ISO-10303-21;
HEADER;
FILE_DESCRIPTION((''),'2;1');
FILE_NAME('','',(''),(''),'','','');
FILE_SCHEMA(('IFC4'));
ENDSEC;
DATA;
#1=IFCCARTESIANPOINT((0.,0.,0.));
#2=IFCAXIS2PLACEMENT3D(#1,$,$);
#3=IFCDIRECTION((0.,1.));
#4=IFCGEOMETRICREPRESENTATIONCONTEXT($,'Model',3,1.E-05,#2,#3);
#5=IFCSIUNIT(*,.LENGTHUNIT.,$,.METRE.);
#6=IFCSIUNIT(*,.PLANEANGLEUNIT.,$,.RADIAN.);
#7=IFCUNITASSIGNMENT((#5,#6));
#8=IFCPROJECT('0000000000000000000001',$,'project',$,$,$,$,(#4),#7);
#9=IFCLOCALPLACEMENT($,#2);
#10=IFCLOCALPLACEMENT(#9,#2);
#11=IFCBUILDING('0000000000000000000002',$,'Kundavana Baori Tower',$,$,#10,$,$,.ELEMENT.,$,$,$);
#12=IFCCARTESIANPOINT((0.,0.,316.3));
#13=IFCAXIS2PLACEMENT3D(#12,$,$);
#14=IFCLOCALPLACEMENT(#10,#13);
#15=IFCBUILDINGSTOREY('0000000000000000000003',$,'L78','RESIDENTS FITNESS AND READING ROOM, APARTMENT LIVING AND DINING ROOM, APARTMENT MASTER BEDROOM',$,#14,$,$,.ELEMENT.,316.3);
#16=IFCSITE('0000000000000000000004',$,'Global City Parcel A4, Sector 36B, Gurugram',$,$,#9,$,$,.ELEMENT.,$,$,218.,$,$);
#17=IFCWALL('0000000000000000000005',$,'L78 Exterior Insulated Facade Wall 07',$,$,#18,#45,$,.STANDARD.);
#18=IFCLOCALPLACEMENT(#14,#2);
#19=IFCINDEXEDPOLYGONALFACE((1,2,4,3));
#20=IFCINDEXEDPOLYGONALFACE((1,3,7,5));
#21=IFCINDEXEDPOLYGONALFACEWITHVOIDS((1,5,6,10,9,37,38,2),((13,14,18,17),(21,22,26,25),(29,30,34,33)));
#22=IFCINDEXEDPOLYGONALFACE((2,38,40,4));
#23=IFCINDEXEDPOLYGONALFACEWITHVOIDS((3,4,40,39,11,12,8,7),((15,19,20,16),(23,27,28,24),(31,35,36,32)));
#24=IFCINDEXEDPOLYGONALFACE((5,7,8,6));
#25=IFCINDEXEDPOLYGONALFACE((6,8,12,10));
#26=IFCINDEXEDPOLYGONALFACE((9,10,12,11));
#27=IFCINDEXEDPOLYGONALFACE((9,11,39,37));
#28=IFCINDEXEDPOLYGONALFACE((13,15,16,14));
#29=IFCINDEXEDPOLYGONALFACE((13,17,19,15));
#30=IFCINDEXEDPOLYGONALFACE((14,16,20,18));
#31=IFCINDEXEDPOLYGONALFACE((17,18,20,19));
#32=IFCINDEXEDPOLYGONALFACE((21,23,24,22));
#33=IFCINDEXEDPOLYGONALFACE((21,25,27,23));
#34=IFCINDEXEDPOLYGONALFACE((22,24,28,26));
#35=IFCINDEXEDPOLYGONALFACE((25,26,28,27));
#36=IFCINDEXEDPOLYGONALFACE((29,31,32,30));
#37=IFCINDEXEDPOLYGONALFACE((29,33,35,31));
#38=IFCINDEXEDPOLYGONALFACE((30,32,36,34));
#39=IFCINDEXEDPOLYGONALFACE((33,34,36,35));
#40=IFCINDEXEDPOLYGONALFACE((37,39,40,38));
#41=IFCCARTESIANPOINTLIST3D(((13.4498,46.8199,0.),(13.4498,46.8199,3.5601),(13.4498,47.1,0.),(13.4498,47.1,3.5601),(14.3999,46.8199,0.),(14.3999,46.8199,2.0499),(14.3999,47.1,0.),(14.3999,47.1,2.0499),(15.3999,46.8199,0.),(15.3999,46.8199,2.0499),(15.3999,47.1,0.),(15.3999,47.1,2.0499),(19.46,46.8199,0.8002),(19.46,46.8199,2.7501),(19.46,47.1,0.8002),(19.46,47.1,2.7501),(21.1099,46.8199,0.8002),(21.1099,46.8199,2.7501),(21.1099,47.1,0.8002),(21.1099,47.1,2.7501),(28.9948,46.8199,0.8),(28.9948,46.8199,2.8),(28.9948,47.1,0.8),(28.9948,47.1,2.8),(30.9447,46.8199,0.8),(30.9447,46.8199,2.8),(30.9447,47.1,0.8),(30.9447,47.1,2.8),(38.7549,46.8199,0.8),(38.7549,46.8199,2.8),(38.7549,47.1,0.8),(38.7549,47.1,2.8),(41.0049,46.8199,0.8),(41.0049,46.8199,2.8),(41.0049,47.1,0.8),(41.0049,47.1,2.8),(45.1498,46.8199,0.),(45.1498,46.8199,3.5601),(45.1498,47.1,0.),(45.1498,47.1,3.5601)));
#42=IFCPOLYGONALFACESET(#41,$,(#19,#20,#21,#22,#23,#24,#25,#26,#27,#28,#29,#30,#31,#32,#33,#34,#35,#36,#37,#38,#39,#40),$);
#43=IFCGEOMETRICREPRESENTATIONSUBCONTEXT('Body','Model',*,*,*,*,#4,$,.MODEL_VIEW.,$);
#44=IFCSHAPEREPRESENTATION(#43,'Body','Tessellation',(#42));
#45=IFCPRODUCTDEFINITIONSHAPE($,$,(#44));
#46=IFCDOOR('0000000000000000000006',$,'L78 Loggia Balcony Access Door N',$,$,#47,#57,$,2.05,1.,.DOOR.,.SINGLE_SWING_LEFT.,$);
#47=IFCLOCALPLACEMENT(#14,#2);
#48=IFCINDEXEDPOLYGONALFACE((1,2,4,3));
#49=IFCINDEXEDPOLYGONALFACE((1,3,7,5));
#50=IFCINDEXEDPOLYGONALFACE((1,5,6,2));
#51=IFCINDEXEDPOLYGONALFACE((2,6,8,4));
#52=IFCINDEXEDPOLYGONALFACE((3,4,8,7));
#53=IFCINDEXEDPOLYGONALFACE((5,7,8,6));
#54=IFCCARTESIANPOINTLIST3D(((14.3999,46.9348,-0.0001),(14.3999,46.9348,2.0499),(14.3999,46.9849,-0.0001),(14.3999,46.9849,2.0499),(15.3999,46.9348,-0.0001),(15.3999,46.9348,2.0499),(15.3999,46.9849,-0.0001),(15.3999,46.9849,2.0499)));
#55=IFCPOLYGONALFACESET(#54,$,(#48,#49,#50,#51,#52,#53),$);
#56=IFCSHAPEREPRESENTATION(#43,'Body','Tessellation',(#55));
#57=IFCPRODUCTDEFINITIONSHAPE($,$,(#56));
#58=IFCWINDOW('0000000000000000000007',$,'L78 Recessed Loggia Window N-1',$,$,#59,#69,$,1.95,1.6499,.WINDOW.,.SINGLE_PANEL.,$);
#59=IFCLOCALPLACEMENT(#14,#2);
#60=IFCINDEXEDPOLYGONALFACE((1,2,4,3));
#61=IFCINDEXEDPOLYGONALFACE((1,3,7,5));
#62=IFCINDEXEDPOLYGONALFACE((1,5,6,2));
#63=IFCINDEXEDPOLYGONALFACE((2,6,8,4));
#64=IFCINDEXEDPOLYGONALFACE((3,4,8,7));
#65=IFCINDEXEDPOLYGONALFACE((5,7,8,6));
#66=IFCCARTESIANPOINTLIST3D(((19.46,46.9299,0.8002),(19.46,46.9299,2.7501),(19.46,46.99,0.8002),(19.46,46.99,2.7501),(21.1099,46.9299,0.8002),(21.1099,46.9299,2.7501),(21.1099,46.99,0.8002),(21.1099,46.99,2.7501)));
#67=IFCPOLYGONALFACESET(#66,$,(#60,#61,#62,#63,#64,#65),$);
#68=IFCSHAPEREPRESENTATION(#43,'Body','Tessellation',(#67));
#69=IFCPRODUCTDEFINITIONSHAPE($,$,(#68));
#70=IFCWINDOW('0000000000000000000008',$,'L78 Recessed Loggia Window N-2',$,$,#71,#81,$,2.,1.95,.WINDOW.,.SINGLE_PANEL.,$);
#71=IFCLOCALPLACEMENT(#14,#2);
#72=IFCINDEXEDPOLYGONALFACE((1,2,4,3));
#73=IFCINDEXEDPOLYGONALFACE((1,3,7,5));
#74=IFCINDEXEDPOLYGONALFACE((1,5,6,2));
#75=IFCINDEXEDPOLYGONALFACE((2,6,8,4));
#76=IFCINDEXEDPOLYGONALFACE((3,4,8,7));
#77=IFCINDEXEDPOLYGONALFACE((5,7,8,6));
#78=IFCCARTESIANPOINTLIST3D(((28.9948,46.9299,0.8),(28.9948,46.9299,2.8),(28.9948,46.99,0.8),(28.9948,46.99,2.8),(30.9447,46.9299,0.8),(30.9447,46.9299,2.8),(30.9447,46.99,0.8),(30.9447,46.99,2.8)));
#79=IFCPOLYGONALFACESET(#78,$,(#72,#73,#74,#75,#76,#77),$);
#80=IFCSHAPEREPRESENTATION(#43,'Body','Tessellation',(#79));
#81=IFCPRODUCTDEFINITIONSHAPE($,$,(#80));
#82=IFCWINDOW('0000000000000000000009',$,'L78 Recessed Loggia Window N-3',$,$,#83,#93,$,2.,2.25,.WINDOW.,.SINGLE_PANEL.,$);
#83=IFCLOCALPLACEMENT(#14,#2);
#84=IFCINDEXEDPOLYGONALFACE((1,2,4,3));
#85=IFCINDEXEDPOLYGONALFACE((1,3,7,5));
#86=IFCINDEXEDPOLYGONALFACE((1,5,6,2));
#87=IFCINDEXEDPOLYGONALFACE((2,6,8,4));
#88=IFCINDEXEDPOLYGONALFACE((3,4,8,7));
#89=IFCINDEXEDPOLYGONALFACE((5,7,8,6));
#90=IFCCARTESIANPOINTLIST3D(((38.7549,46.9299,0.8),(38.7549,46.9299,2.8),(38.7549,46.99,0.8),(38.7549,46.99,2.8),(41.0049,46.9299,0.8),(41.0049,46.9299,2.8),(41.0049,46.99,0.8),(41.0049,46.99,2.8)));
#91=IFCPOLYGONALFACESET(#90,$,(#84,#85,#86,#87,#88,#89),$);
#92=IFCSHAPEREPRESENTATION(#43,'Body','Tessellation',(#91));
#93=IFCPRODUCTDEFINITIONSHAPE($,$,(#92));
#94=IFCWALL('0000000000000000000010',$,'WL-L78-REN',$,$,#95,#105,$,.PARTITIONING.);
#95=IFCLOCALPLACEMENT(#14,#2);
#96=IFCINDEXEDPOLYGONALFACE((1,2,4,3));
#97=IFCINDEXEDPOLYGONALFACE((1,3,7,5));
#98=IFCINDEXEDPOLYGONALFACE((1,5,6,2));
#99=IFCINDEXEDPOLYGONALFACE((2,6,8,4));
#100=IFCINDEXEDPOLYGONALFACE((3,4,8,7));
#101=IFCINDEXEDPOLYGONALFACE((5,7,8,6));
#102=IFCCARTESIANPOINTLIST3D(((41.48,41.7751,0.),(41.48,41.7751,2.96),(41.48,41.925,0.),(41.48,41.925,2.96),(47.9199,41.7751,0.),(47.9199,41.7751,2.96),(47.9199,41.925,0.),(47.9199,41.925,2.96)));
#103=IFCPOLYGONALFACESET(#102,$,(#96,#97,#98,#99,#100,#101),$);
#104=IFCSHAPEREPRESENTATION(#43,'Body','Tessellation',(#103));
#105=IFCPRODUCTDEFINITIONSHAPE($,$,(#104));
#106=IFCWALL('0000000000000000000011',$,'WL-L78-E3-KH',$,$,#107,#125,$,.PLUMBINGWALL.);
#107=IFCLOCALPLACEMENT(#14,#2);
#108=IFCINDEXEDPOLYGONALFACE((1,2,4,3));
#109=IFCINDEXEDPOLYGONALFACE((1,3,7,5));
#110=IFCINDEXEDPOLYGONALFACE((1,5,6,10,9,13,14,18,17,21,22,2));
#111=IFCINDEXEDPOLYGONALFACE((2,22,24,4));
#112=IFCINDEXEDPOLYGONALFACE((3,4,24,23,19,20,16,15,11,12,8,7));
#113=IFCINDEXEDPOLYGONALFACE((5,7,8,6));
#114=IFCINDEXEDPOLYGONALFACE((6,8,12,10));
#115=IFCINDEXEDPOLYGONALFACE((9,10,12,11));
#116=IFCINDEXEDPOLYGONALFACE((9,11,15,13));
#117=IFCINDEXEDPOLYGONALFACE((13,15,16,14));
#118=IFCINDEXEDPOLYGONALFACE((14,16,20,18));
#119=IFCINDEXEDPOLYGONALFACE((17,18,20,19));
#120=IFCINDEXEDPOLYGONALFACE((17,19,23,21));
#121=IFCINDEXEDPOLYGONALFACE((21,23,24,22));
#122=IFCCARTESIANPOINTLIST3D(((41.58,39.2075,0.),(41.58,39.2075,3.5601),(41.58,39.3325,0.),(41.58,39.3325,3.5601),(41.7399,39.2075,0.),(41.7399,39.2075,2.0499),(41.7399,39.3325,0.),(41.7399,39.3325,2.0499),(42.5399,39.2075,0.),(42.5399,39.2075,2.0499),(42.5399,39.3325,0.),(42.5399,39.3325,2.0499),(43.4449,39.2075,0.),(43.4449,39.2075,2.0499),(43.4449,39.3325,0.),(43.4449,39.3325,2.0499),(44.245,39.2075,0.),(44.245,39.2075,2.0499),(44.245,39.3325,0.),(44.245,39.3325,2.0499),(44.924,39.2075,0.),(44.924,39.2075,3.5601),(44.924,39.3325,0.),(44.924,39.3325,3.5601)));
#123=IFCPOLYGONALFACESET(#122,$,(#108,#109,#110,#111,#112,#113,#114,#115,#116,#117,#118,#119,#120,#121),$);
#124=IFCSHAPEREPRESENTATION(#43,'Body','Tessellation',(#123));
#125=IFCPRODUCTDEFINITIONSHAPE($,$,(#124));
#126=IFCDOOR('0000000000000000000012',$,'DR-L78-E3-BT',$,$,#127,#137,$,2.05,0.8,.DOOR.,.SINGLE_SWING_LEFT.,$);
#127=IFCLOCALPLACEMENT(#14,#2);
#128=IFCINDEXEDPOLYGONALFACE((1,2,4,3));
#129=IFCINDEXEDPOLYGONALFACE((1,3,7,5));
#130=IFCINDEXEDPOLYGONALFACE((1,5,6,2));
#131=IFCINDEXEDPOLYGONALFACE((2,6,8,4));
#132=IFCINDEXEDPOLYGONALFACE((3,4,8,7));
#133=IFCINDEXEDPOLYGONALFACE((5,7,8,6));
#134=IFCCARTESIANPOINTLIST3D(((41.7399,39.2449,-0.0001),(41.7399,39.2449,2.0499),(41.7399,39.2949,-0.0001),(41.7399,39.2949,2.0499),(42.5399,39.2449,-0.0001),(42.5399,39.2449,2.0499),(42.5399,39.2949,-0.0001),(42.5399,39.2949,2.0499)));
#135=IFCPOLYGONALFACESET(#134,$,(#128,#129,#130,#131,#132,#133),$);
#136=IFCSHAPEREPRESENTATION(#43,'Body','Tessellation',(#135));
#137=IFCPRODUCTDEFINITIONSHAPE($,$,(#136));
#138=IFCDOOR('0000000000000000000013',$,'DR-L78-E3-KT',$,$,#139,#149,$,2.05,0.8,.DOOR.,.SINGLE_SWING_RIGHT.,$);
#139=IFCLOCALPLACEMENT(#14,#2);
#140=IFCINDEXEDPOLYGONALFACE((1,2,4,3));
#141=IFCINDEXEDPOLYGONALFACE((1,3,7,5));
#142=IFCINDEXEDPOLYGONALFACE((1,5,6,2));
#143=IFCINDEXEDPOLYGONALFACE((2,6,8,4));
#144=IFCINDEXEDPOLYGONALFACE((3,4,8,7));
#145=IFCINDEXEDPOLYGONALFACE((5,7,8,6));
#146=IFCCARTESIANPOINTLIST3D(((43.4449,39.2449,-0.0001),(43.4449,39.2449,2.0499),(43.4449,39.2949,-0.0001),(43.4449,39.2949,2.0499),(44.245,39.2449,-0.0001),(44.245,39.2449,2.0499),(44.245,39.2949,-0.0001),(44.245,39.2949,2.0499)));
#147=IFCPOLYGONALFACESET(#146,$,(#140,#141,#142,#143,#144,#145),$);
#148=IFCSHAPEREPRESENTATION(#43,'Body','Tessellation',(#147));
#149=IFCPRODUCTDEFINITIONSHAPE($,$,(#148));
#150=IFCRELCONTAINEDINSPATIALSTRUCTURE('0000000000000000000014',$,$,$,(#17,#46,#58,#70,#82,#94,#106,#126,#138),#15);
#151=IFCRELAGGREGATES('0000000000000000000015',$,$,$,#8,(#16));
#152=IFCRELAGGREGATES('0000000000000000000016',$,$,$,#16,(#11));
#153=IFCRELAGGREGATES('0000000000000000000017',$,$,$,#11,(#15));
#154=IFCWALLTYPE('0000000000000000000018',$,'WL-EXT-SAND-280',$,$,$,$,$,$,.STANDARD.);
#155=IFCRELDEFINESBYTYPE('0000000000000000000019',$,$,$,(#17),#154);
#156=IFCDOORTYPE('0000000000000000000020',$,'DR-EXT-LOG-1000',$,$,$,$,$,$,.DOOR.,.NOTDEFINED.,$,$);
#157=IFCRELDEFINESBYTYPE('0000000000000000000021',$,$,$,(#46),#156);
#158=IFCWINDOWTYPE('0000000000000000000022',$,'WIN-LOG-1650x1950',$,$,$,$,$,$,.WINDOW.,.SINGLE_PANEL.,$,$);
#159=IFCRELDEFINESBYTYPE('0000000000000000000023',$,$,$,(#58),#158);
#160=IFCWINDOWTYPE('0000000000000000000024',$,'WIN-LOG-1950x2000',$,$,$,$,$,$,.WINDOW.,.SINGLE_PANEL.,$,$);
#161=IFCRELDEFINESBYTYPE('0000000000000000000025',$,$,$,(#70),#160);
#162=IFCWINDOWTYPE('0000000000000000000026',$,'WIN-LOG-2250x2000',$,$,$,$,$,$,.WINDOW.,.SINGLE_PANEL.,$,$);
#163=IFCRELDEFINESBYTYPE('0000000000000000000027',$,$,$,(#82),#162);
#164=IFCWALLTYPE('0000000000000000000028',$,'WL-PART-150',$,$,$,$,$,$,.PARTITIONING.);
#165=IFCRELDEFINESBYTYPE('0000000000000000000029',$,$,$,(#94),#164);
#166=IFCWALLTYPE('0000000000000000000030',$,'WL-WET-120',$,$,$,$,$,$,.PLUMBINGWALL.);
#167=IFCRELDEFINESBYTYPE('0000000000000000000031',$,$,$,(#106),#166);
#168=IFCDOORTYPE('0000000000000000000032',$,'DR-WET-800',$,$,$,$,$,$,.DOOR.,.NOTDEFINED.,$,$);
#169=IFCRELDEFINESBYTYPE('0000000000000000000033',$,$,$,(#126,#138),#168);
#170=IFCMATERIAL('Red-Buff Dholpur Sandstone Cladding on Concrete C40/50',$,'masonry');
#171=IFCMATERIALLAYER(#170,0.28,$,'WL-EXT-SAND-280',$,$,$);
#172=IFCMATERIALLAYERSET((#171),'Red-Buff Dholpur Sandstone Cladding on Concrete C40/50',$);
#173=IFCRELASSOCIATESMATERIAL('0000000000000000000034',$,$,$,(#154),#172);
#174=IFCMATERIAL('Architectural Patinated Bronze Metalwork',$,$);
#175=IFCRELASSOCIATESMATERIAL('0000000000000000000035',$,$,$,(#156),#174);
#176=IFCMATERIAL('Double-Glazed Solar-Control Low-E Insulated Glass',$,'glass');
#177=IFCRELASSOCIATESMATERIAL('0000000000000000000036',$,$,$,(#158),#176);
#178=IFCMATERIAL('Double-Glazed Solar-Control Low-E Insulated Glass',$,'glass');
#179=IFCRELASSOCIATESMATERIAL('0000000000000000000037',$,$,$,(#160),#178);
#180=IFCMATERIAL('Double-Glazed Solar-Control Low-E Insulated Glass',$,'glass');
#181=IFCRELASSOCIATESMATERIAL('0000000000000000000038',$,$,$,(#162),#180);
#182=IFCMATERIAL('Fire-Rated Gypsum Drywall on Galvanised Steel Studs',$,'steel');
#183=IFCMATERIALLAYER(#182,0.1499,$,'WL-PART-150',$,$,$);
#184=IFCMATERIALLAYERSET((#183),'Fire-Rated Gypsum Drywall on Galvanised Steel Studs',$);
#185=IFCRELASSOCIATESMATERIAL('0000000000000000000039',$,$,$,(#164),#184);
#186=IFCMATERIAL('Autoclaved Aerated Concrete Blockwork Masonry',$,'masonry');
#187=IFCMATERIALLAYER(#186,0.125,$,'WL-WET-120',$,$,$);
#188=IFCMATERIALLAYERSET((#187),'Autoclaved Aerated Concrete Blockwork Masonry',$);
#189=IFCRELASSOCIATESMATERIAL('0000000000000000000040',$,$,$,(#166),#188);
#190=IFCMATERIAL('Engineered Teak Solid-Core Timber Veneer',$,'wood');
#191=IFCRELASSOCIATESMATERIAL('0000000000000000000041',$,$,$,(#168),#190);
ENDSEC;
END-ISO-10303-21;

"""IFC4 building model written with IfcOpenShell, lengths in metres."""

from ifc_helpers import new_model, si_unit, direction, frame, frame_2d, origin, place, context, subcontext, project, spatial, rectangle, extrude, material, layer, layer_set, type_object, element, fill, save


model = new_model("IFC4")

# Units and contexts
model_context = context("Model", 3, precision=1e-05, world=origin(), true_north=direction((0.0, 1.0)))
body_context = subcontext(model_context, "Body", "Model", "MODEL_VIEW")
ifc_project = project(units=[si_unit("LENGTHUNIT", "METRE"), si_unit("PLANEANGLEUNIT", "RADIAN")], contexts=[model_context])

# Site, building, storey
site_placement = place(None, origin())
site = spatial("IfcSite", under=ifc_project, at=site_placement, Name="Global City Parcel A4, Sector 36B, Gurugram", CompositionType="ELEMENT", RefElevation=218.0)
building_placement = place(site_placement, origin())
building = spatial("IfcBuilding", under=site, at=building_placement, Name="Kundavana Baori Tower", CompositionType="ELEMENT")
storey_placement = place(building_placement, frame((0.0, 0.0, 316.3)))
storey = spatial("IfcBuildingStorey", under=building, at=storey_placement, Name="L78", Description="RESIDENTS FITNESS AND READING ROOM, APARTMENT LIVING AND DINING ROOM, APARTMENT MASTER BEDROOM", CompositionType="ELEMENT", Elevation=316.3)

# Shared definitions
ifc_material_1 = material(Name="Red-Buff Dholpur Sandstone Cladding on Concrete C40/50", Category="masonry")
ifc_layer_1 = layer(ifc_material_1, 0.28, Name="WL-EXT-SAND-280")
ifc_layer_set_1 = layer_set([ifc_layer_1], Name="Red-Buff Dholpur Sandstone Cladding on Concrete C40/50")
wall_type_1 = type_object("IfcWallType", Name="WL-EXT-SAND-280", PredefinedType="STANDARD", material=ifc_layer_set_1)

# Wall, openings, door, windows
wall_1_placement = place(storey_placement, frame((45.1499, 46.96, 0.0), z_axis=(0.0, 0.0, 1.0), x_axis=(-1.0, 0.0, 0.0)))
wall_1 = element("IfcWall", 1, at=wall_1_placement, inside=storey, type_object=wall_type_1, Name="L78 Exterior Insulated Facade Wall 07", PredefinedType="STANDARD", context=body_context, shape_type="SweptSolid", body=[
    extrude(rectangle(XDim=31.7, YDim=0.28, at=frame_2d((15.8501, 0.0))), origin(), (0.0, 0.0, 1.0), 3.5601),
])
opening_1_placement = place(wall_1_placement, frame((29.75, 0.0, 0.0)))
opening_1 = element("IfcOpeningElement", 2, at=opening_1_placement, cuts=wall_1, PredefinedType="OPENING", context=body_context, shape_type="SweptSolid", body=[
    extrude(rectangle(XDim=1.0, YDim=2.05, at=frame_2d((0.5, 1.0249))), frame((0.0, 0.1499, 0.0), z_axis=(0.0, -1.0, 0.0), x_axis=(1.0, 0.0, 0.0)), (0.0, 0.0, 1.0), 0.3),
])
opening_2_placement = place(wall_1_placement, frame((24.04, 0.0, 0.8)))
opening_2 = element("IfcOpeningElement", 3, at=opening_2_placement, cuts=wall_1, PredefinedType="OPENING", context=body_context, shape_type="SweptSolid", body=[
    extrude(rectangle(XDim=1.6499, YDim=1.95, at=frame_2d((0.825, 0.9751))), frame((0.0, 0.1499, 0.0), z_axis=(0.0, -1.0, 0.0), x_axis=(1.0, 0.0, 0.0)), (0.0, 0.0, 1.0), 0.3),
])
opening_3_placement = place(wall_1_placement, frame((14.2051, 0.0, 0.8)))
opening_3 = element("IfcOpeningElement", 4, at=opening_3_placement, cuts=wall_1, PredefinedType="OPENING", context=body_context, shape_type="SweptSolid", body=[
    extrude(rectangle(XDim=1.95, YDim=2.0, at=frame_2d((0.9751, 1.0))), frame((0.0, 0.1499, 0.0), z_axis=(0.0, -1.0, 0.0), x_axis=(1.0, 0.0, 0.0)), (0.0, 0.0, 1.0), 0.3),
])
opening_4_placement = place(wall_1_placement, frame((4.145, 0.0, 0.8)))
opening_4 = element("IfcOpeningElement", 5, at=opening_4_placement, cuts=wall_1, PredefinedType="OPENING", context=body_context, shape_type="SweptSolid", body=[
    extrude(rectangle(XDim=2.25, YDim=2.0, at=frame_2d((1.125, 1.0))), frame((0.0, 0.1499, 0.0), z_axis=(0.0, -1.0, 0.0), x_axis=(1.0, 0.0, 0.0)), (0.0, 0.0, 1.0), 0.3),
])
ifc_material_2 = material(Name="Architectural Patinated Bronze Metalwork")
door_type_1 = type_object("IfcDoorType", Name="DR-EXT-LOG-1000", OperationType="NOTDEFINED", PredefinedType="DOOR", material=ifc_material_2)
door_1_placement = place(opening_1_placement, frame((1.0, 0.0, 0.0), z_axis=(0.0, 0.0, 1.0), x_axis=(-1.0, 0.0, 0.0)))
door_1 = element("IfcDoor", 6, at=door_1_placement, inside=storey, type_object=door_type_1, Name="L78 Loggia Balcony Access Door N", OperationType="SINGLE_SWING_LEFT", OverallHeight=2.05, OverallWidth=1.0, PredefinedType="DOOR", context=body_context, shape_type="SweptSolid", body=[
    extrude(rectangle(XDim=1.0, YDim=2.05, at=frame_2d((0.5, 1.0249))), frame((0.0, 0.0249, 0.0), z_axis=(0.0, -1.0, 0.0), x_axis=(1.0, 0.0, 0.0)), (0.0, 0.0, 1.0), 0.05),
])
fill(opening_1, door_1)
ifc_material_3 = material(Name="Double-Glazed Solar-Control Low-E Insulated Glass", Category="glass")
window_type_1 = type_object("IfcWindowType", Name="WIN-LOG-1650x1950", PartitioningType="SINGLE_PANEL", PredefinedType="WINDOW", material=ifc_material_3)
window_1_placement = place(opening_2_placement, origin())
window_1 = element("IfcWindow", 7, at=window_1_placement, inside=storey, type_object=window_type_1, Name="L78 Recessed Loggia Window N-1", OverallHeight=1.95, OverallWidth=1.6499, PartitioningType="SINGLE_PANEL", PredefinedType="WINDOW", context=body_context, shape_type="SweptSolid", body=[
    extrude(rectangle(XDim=1.6499, YDim=1.95, at=frame_2d((0.825, 0.9751))), frame((0.0, 0.03, 0.0), z_axis=(0.0, -1.0, 0.0), x_axis=(1.0, 0.0, 0.0)), (0.0, 0.0, 1.0), 0.0601),
])
fill(opening_2, window_1)
ifc_material_4 = material(Name="Double-Glazed Solar-Control Low-E Insulated Glass", Category="glass")
window_type_2 = type_object("IfcWindowType", Name="WIN-LOG-1950x2000", PartitioningType="SINGLE_PANEL", PredefinedType="WINDOW", material=ifc_material_4)
window_2_placement = place(opening_3_placement, origin())
window_2 = element("IfcWindow", 8, at=window_2_placement, inside=storey, type_object=window_type_2, Name="L78 Recessed Loggia Window N-2", OverallHeight=2.0, OverallWidth=1.95, PartitioningType="SINGLE_PANEL", PredefinedType="WINDOW", context=body_context, shape_type="SweptSolid", body=[
    extrude(rectangle(XDim=1.95, YDim=2.0, at=frame_2d((0.9751, 1.0))), frame((0.0, 0.03, 0.0), z_axis=(0.0, -1.0, 0.0), x_axis=(1.0, 0.0, 0.0)), (0.0, 0.0, 1.0), 0.0601),
])
fill(opening_3, window_2)
ifc_material_5 = material(Name="Double-Glazed Solar-Control Low-E Insulated Glass", Category="glass")
window_type_3 = type_object("IfcWindowType", Name="WIN-LOG-2250x2000", PartitioningType="SINGLE_PANEL", PredefinedType="WINDOW", material=ifc_material_5)
window_3_placement = place(opening_4_placement, origin())
window_3 = element("IfcWindow", 9, at=window_3_placement, inside=storey, type_object=window_type_3, Name="L78 Recessed Loggia Window N-3", OverallHeight=2.0, OverallWidth=2.25, PartitioningType="SINGLE_PANEL", PredefinedType="WINDOW", context=body_context, shape_type="SweptSolid", body=[
    extrude(rectangle(XDim=2.25, YDim=2.0, at=frame_2d((1.125, 1.0))), frame((0.0, 0.03, 0.0), z_axis=(0.0, -1.0, 0.0), x_axis=(1.0, 0.0, 0.0)), (0.0, 0.0, 1.0), 0.0601),
])
fill(opening_4, window_3)

# Wall
ifc_material_6 = material(Name="Fire-Rated Gypsum Drywall on Galvanised Steel Studs", Category="steel")
ifc_layer_2 = layer(ifc_material_6, 0.1499, Name="WL-PART-150")
ifc_layer_set_2 = layer_set([ifc_layer_2], Name="Fire-Rated Gypsum Drywall on Galvanised Steel Studs")
wall_type_2 = type_object("IfcWallType", Name="WL-PART-150", PredefinedType="PARTITIONING", material=ifc_layer_set_2)
wall_2_placement = place(storey_placement, frame((41.48, 41.8501, 0.0), z_axis=(0.0, 0.0, 1.0), x_axis=(1.0, 0.0, 0.0)))
element("IfcWall", 10, at=wall_2_placement, inside=storey, type_object=wall_type_2, Name="WL-L78-REN", PredefinedType="PARTITIONING", context=body_context, shape_type="SweptSolid", body=[
    extrude(rectangle(XDim=6.4399, YDim=0.1499, at=frame_2d((3.22, 0.0))), origin(), (0.0, 0.0, 1.0), 2.96),
])

# Wall, openings, doors
ifc_material_7 = material(Name="Autoclaved Aerated Concrete Blockwork Masonry", Category="masonry")
ifc_layer_3 = layer(ifc_material_7, 0.125, Name="WL-WET-120")
ifc_layer_set_3 = layer_set([ifc_layer_3], Name="Autoclaved Aerated Concrete Blockwork Masonry")
wall_type_3 = type_object("IfcWallType", Name="WL-WET-120", PredefinedType="PLUMBINGWALL", material=ifc_layer_set_3)
wall_3_placement = place(storey_placement, frame((41.5801, 39.27, 0.0), z_axis=(0.0, 0.0, 1.0), x_axis=(1.0, 0.0, 0.0)))
wall_3 = element("IfcWall", 11, at=wall_3_placement, inside=storey, type_object=wall_type_3, Name="WL-L78-E3-KH", PredefinedType="PLUMBINGWALL", context=body_context, shape_type="SweptSolid", body=[
    extrude(rectangle(XDim=3.344, YDim=0.125, at=frame_2d((1.6719, 0.0))), origin(), (0.0, 0.0, 1.0), 3.5601),
])
opening_5_placement = place(wall_3_placement, frame((0.1599, 0.0, 0.0)))
opening_5 = element("IfcOpeningElement", 12, at=opening_5_placement, cuts=wall_3, PredefinedType="OPENING", context=body_context, shape_type="SweptSolid", body=[
    extrude(rectangle(XDim=0.8, YDim=2.05, at=frame_2d((0.3999, 1.0249))), frame((0.0, 0.0725, 0.0), z_axis=(0.0, -1.0, 0.0), x_axis=(1.0, 0.0, 0.0)), (0.0, 0.0, 1.0), 0.145),
])
opening_6_placement = place(wall_3_placement, frame((1.865, 0.0, 0.0)))
opening_6 = element("IfcOpeningElement", 13, at=opening_6_placement, cuts=wall_3, PredefinedType="OPENING", context=body_context, shape_type="SweptSolid", body=[
    extrude(rectangle(XDim=0.8, YDim=2.05, at=frame_2d((0.3999, 1.0249))), frame((0.0, 0.0725, 0.0), z_axis=(0.0, -1.0, 0.0), x_axis=(1.0, 0.0, 0.0)), (0.0, 0.0, 1.0), 0.145),
])
ifc_material_8 = material(Name="Engineered Teak Solid-Core Timber Veneer", Category="wood")
door_type_2 = type_object("IfcDoorType", Name="DR-WET-800", OperationType="NOTDEFINED", PredefinedType="DOOR", material=ifc_material_8)
door_2_placement = place(opening_5_placement, origin())
door_2 = element("IfcDoor", 14, at=door_2_placement, inside=storey, type_object=door_type_2, Name="DR-L78-E3-BT", OperationType="SINGLE_SWING_LEFT", OverallHeight=2.05, OverallWidth=0.8, PredefinedType="DOOR", context=body_context, shape_type="SweptSolid", body=[
    extrude(rectangle(XDim=0.8, YDim=2.05, at=frame_2d((0.3999, 1.0249))), frame((0.0, 0.0249, 0.0), z_axis=(0.0, -1.0, 0.0), x_axis=(1.0, 0.0, 0.0)), (0.0, 0.0, 1.0), 0.05),
])
fill(opening_5, door_2)
door_3_placement = place(opening_6_placement, origin())
door_3 = element("IfcDoor", 15, at=door_3_placement, inside=storey, type_object=door_type_2, Name="DR-L78-E3-KT", OperationType="SINGLE_SWING_RIGHT", OverallHeight=2.05, OverallWidth=0.8, PredefinedType="DOOR", context=body_context, shape_type="SweptSolid", body=[
    extrude(rectangle(XDim=0.8, YDim=2.05, at=frame_2d((0.3999, 1.0249))), frame((0.0, 0.0249, 0.0), z_axis=(0.0, -1.0, 0.0), x_axis=(1.0, 0.0, 0.0)), (0.0, 0.0, 1.0), 0.05),
])
fill(opening_6, door_3)

save(model, "model.ifc")
